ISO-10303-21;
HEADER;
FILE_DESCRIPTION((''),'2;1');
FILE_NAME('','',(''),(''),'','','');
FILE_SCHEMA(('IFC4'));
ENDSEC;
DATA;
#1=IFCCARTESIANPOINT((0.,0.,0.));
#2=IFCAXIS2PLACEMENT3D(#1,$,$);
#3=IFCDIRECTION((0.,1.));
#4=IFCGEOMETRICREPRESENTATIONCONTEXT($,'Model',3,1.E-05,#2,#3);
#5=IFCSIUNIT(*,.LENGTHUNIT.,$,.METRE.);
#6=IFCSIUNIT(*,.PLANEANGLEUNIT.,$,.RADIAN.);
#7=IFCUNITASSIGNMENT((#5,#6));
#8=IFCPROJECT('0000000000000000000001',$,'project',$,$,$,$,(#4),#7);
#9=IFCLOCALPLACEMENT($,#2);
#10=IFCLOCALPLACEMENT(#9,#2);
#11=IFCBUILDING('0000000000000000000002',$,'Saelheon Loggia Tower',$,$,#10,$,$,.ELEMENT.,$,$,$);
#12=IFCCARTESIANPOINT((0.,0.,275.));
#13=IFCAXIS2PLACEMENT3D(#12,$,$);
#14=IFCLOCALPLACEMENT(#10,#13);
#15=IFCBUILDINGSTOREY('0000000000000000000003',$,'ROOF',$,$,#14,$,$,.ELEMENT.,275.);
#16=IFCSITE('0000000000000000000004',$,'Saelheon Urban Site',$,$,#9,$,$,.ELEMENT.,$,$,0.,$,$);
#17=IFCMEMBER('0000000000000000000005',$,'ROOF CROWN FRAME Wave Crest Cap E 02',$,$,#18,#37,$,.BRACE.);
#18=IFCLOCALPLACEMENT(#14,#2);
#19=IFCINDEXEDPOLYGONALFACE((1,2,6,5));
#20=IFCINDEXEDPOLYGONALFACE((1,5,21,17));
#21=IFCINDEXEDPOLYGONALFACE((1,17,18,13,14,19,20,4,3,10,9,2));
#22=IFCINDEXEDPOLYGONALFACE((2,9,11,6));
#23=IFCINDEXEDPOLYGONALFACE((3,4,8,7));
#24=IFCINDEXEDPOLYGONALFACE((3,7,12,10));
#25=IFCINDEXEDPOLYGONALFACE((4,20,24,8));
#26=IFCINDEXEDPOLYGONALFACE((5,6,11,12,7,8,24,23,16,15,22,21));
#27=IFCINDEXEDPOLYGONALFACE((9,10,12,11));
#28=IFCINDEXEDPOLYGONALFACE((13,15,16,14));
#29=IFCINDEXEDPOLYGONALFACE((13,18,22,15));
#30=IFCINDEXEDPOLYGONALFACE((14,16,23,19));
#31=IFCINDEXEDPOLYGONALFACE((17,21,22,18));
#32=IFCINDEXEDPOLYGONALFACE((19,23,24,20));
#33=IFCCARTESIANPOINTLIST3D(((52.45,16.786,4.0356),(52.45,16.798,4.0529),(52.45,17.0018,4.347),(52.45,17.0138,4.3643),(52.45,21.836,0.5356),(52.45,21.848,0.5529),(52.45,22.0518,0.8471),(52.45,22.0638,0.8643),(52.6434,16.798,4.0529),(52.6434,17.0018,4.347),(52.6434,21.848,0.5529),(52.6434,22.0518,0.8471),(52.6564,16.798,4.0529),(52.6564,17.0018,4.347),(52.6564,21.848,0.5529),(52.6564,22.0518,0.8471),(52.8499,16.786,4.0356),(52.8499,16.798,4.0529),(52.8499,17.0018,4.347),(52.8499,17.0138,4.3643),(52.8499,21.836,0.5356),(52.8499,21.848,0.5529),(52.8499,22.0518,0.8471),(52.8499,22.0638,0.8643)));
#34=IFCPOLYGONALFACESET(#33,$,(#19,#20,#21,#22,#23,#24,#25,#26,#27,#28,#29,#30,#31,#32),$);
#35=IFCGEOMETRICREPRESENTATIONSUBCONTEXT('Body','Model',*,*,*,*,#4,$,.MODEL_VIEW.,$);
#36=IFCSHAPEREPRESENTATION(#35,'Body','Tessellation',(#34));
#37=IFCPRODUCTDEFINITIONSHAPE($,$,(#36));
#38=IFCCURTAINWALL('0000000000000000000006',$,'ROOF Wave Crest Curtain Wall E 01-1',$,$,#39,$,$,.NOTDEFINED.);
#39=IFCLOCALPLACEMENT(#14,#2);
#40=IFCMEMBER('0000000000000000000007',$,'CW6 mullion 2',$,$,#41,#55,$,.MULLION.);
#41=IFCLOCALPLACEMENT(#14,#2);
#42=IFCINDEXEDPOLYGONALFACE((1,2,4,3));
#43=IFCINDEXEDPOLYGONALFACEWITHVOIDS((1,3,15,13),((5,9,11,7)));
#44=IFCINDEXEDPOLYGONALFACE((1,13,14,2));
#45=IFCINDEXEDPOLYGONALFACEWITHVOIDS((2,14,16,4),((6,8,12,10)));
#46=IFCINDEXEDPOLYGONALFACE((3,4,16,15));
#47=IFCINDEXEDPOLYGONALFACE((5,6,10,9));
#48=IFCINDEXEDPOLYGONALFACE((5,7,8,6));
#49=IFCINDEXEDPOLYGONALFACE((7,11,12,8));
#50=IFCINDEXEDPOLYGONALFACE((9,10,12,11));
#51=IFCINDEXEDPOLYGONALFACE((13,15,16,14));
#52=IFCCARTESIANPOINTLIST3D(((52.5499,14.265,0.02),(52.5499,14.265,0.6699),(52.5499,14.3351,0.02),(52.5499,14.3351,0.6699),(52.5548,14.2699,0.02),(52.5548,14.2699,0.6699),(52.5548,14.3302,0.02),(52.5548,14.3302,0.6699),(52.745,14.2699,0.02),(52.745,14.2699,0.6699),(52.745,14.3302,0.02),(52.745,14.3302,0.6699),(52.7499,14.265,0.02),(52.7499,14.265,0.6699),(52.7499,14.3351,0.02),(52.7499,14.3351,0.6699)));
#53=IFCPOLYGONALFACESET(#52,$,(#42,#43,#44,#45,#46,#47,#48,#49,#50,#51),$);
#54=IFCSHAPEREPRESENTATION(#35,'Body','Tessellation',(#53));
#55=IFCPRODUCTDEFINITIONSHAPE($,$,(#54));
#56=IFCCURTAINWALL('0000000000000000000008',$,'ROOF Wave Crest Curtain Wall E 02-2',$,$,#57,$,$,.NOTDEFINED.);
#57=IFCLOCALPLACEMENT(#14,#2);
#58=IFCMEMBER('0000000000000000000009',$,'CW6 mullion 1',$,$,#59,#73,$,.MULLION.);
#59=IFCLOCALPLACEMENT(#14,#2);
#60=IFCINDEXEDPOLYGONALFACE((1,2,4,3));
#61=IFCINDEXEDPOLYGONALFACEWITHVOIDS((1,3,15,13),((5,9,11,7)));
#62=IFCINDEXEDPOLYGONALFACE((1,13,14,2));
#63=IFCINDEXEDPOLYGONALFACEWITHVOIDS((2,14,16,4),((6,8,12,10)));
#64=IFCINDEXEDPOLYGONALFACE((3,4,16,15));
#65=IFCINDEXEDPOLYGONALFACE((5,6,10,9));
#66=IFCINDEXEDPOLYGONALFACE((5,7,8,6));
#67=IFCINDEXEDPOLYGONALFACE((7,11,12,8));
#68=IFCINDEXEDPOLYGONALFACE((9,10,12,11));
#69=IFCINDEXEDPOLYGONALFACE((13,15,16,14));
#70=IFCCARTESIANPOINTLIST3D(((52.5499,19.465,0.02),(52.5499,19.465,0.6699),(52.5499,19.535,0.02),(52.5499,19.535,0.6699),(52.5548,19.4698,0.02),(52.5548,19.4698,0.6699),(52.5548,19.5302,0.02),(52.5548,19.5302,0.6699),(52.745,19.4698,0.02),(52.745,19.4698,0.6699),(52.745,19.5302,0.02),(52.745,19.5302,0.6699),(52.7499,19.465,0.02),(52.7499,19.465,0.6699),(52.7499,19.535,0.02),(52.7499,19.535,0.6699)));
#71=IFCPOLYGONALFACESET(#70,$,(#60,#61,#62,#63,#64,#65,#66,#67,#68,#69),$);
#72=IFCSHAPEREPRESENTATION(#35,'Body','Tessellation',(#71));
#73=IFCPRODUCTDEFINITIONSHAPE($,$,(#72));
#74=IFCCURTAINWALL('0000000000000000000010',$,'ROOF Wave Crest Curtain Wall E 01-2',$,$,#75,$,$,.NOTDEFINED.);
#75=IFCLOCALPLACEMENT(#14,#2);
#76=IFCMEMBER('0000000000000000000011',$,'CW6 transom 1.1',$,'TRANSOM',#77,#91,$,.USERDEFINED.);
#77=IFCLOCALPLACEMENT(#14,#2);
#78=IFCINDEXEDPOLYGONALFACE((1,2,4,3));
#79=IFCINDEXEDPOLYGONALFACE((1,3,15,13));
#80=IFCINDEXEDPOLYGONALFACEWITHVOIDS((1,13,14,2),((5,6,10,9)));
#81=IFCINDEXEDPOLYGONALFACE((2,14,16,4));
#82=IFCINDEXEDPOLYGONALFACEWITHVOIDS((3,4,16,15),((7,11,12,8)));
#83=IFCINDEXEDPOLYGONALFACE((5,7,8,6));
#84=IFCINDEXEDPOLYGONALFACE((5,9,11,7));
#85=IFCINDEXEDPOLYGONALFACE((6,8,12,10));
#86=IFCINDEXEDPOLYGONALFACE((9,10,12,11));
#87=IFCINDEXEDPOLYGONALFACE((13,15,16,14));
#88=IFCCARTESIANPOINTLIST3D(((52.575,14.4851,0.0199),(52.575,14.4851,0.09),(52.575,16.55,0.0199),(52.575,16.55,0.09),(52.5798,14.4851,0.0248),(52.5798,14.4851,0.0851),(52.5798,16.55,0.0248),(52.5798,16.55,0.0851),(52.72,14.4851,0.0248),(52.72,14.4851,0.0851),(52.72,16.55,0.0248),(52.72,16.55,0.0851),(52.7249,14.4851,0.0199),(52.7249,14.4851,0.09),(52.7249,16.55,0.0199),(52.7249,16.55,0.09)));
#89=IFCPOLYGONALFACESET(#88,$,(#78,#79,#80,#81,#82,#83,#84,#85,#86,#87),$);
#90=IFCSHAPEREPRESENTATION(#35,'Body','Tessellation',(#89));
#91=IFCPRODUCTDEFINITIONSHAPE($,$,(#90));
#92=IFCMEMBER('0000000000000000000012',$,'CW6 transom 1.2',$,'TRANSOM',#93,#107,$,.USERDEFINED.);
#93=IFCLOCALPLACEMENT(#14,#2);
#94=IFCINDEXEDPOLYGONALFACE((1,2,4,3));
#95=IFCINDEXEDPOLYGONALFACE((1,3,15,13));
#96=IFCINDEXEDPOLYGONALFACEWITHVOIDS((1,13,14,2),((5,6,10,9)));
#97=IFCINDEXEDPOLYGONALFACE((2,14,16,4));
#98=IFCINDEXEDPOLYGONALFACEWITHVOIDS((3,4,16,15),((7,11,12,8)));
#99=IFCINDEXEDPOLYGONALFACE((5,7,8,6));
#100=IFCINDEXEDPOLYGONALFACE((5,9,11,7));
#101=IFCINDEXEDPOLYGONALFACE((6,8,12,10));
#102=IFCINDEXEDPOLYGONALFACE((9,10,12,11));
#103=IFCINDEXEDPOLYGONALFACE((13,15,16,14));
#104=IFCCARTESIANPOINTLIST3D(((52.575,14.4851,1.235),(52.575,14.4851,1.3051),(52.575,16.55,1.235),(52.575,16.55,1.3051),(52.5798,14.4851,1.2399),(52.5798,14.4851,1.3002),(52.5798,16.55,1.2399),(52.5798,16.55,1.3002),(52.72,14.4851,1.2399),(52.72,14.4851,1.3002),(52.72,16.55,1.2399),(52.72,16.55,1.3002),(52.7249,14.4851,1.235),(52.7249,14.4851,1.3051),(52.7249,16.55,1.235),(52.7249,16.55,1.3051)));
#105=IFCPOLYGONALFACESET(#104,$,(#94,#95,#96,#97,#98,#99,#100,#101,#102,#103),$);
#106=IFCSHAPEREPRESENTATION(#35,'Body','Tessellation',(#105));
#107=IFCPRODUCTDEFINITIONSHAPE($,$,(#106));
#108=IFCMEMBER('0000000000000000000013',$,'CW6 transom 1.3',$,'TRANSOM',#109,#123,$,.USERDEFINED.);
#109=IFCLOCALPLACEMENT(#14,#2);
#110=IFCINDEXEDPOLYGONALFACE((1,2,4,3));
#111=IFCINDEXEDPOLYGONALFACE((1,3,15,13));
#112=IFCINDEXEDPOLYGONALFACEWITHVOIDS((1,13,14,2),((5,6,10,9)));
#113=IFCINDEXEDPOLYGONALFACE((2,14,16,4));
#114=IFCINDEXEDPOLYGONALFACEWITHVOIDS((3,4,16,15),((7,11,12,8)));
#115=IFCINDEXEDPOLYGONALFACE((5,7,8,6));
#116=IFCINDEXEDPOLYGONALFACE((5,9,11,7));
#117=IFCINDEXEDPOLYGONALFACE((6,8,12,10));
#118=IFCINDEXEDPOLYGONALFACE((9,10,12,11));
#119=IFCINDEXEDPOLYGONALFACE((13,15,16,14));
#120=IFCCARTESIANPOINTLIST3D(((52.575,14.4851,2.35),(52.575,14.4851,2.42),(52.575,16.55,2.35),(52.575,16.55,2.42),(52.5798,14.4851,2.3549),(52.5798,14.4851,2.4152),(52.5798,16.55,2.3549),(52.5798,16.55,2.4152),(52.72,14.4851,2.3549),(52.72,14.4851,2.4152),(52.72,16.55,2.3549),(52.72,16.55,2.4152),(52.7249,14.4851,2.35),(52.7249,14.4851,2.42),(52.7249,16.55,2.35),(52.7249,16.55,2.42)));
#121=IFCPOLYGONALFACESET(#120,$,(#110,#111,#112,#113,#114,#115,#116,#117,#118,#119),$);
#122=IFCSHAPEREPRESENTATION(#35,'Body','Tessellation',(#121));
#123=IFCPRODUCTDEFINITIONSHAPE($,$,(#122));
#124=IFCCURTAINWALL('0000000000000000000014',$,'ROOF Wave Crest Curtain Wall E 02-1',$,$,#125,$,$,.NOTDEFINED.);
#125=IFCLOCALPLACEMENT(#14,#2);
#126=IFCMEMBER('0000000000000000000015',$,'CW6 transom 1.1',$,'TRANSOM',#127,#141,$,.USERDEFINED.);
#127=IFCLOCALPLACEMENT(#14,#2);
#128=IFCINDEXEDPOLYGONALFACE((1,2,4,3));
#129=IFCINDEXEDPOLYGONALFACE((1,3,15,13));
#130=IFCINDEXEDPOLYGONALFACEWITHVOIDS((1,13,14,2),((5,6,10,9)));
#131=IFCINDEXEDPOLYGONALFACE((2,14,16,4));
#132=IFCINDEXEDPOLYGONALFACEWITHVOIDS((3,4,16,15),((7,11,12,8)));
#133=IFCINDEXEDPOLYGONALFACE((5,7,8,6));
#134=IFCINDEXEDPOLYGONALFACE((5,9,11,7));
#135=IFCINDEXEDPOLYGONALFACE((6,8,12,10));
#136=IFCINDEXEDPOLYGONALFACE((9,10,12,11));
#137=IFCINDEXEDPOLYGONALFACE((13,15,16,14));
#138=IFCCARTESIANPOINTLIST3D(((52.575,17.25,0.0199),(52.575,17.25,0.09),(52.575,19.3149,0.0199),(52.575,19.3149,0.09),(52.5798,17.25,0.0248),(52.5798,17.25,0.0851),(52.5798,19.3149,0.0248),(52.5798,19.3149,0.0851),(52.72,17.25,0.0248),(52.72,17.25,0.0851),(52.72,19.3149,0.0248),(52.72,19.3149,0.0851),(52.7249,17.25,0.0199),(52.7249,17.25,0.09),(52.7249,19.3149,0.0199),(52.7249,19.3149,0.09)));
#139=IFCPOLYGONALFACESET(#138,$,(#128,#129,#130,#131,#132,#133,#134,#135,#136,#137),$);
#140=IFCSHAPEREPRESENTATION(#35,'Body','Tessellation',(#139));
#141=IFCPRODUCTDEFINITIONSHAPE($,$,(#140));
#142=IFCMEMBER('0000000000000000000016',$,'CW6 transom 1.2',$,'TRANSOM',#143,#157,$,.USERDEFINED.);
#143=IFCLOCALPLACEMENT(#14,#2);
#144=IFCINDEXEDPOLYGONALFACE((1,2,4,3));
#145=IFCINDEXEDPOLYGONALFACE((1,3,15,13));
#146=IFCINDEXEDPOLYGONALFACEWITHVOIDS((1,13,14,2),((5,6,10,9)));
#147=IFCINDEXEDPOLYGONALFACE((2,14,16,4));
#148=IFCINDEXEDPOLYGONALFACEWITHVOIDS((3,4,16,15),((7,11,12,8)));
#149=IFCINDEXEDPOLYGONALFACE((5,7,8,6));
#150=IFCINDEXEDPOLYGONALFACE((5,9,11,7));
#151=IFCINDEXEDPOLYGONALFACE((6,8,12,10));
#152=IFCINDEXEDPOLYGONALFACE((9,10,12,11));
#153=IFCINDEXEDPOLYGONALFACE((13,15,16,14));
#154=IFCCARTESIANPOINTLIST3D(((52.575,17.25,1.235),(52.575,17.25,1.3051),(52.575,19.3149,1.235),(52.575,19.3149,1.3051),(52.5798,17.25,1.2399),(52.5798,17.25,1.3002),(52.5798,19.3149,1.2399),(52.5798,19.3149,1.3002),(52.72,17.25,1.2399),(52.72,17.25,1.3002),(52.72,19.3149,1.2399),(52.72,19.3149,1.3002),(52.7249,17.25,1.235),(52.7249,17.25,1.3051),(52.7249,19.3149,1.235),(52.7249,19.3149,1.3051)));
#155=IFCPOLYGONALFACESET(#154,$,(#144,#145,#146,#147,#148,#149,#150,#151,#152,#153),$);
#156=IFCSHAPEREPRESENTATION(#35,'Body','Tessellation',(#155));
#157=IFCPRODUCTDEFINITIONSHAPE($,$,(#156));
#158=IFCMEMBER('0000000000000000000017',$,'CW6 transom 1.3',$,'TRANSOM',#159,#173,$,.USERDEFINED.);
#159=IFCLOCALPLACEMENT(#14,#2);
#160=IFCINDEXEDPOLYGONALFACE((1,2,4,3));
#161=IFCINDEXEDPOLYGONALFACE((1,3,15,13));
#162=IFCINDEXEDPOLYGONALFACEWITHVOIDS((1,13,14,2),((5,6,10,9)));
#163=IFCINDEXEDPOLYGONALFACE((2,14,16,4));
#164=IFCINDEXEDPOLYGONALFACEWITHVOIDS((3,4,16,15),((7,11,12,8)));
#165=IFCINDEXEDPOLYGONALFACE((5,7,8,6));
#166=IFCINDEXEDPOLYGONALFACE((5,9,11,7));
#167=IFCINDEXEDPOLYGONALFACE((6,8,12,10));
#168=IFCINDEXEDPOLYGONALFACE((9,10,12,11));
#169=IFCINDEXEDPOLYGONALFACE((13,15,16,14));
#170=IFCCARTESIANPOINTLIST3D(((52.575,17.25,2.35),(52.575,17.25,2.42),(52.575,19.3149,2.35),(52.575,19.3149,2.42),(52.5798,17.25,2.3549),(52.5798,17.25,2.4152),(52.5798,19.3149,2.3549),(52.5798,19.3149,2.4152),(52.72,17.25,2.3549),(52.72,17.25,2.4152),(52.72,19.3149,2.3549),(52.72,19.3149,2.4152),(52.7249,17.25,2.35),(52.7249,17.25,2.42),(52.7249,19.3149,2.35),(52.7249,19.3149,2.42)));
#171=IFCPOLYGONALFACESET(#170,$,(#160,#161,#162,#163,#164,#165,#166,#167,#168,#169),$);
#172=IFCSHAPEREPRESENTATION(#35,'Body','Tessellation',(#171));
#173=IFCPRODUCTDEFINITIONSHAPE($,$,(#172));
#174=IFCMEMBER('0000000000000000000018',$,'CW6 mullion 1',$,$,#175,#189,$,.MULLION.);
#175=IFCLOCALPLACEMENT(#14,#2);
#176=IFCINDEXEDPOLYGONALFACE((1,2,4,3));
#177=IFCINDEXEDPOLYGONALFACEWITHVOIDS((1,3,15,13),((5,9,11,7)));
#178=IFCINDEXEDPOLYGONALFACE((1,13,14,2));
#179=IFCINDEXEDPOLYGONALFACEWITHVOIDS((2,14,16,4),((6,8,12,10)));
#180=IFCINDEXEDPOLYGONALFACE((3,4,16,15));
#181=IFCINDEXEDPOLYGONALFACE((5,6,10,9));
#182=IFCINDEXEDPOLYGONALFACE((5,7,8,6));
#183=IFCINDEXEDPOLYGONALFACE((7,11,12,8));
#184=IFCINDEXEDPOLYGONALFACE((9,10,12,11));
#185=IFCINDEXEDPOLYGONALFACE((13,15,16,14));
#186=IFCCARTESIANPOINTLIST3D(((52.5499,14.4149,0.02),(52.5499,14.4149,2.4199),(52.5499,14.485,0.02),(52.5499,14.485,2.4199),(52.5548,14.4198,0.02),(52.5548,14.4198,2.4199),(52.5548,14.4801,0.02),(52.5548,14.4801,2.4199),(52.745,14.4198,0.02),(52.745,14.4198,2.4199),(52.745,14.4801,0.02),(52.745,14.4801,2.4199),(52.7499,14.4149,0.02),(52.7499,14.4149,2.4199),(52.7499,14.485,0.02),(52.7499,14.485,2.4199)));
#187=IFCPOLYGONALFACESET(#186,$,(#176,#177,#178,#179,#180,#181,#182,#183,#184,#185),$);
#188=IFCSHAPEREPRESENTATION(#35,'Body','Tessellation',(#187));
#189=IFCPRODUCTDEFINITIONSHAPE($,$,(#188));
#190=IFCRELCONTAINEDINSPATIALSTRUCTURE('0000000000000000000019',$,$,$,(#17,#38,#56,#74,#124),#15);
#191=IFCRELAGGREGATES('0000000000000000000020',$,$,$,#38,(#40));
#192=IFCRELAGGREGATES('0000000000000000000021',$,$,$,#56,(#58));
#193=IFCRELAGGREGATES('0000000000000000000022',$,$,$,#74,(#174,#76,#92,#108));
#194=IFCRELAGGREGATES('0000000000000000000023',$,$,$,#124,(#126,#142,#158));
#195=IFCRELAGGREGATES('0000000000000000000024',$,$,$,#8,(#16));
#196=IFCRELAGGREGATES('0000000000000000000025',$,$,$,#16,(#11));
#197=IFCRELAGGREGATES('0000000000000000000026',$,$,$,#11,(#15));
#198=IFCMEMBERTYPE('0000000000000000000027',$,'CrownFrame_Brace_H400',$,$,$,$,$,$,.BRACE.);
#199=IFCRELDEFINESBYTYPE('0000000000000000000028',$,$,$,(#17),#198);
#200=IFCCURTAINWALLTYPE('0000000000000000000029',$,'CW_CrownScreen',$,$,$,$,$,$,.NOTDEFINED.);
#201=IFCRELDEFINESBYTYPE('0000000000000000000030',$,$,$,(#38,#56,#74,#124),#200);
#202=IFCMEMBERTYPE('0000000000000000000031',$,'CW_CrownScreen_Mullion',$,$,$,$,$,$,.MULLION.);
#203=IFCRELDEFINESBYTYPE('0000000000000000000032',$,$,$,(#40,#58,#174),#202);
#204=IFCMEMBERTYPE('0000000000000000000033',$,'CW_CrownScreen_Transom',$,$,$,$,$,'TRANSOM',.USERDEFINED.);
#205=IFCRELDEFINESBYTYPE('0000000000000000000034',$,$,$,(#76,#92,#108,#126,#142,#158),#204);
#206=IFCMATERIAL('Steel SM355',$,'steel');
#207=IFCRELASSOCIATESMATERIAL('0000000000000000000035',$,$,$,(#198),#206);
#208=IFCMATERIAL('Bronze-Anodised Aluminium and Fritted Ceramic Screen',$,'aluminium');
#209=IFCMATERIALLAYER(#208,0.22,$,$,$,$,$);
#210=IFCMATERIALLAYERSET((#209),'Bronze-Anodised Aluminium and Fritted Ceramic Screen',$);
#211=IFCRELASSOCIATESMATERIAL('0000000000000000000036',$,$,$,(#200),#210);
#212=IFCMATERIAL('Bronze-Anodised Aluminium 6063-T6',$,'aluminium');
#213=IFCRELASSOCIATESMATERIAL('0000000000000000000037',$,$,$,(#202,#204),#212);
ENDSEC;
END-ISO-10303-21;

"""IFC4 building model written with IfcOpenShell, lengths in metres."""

from ifc_helpers import new_model, si_unit, direction, frame, origin, origin_2d, place, context, subcontext, project, spatial, hollow_rectangle, i_section, extrude, source, transform, mapped, material, layer, layer_set, material_profile, profile_set, type_object, element, aggregate, save


model = new_model("IFC4")

# Units and contexts
model_context = context("Model", 3, precision=1e-05, world=origin(), true_north=direction((0.0, 1.0)))
body_context = subcontext(model_context, "Body", "Model", "MODEL_VIEW")
ifc_project = project(units=[si_unit("LENGTHUNIT", "METRE"), si_unit("PLANEANGLEUNIT", "RADIAN")], contexts=[model_context])

# Site, building, storey
site_placement = place(None, origin())
site = spatial("IfcSite", under=ifc_project, at=site_placement, Name="Saelheon Urban Site", CompositionType="ELEMENT", RefElevation=0.0)
building_placement = place(site_placement, origin())
building = spatial("IfcBuilding", under=site, at=building_placement, Name="Saelheon Loggia Tower", CompositionType="ELEMENT")
storey_placement = place(building_placement, frame((0.0, 0.0, 275.0)))
storey = spatial("IfcBuildingStorey", under=building, at=storey_placement, Name="ROOF", CompositionType="ELEMENT", Elevation=275.0)

# Member
ifc_material_1 = material(Name="Steel SM355", Category="steel")
ifc_material_profile_1 = material_profile(ifc_material_1, i_section(OverallWidth=0.3999, OverallDepth=0.3999, WebThickness=0.0129, FlangeThickness=0.021, at=origin_2d()), Name="H-400x400x13x21")
ifc_profile_set_1 = profile_set([ifc_material_profile_1], Name="Steel SM355")
member_type_1 = type_object("IfcMemberType", Name="CrownFrame_Brace_H400", PredefinedType="BRACE", material=ifc_profile_set_1)
shared_shape_1 = source(origin(), body_context, "Body", "SweptSolid", [
    extrude(i_section(OverallWidth=0.3999, OverallDepth=0.3999, WebThickness=0.0129, FlangeThickness=0.021, at=origin_2d()), origin(), (0.0, 0.0, 1.0), 6.1443),
])
member_1_placement = place(storey_placement, frame((52.6499, 16.8999, 4.2), z_axis=(0.0, 0.821902, -0.569629), x_axis=(-1.0, 0.0, 0.0)))
element("IfcMember", 1, at=member_1_placement, inside=storey, type_object=member_type_1, Name="ROOF CROWN FRAME Wave Crest Cap E 02", PredefinedType="BRACE", context=body_context, shape_type="MappedRepresentation", body=[
    mapped(shared_shape_1, transform((0.0, 0.0, 0.0), scale=1.0)),
])

# Curtain walls, members
ifc_material_2 = material(Name="Bronze-Anodised Aluminium and Fritted Ceramic Screen", Category="aluminium")
ifc_layer_1 = layer(ifc_material_2, 0.22)
ifc_layer_set_1 = layer_set([ifc_layer_1], Name="Bronze-Anodised Aluminium and Fritted Ceramic Screen")
curtain_wall_type = type_object("IfcCurtainWallType", Name="CW_CrownScreen", PredefinedType="NOTDEFINED", material=ifc_layer_set_1)
curtain_wall_1_placement = place(storey_placement, origin())
curtain_wall_1 = element("IfcCurtainWall", 2, at=curtain_wall_1_placement, inside=storey, type_object=curtain_wall_type, Name="ROOF Wave Crest Curtain Wall E 01-1", PredefinedType="NOTDEFINED")
ifc_material_3 = material(Name="Bronze-Anodised Aluminium 6063-T6", Category="aluminium")
ifc_material_profile_2 = material_profile(ifc_material_3, hollow_rectangle(XDim=0.0701, YDim=0.2, WallThickness=0.0049, at=origin_2d()), Name="RHS-200x70x5")
ifc_profile_set_2 = profile_set([ifc_material_profile_2], Name="Bronze-Anodised Aluminium 6063-T6")
member_type_2 = type_object("IfcMemberType", Name="CW_CrownScreen_Mullion", PredefinedType="MULLION", material=ifc_profile_set_2)
shared_shape_2 = source(origin(), body_context, "Body", "SweptSolid", [
    extrude(hollow_rectangle(XDim=0.0701, YDim=0.2, WallThickness=0.0049, at=origin_2d()), origin(), (0.0, 0.0, 1.0), 0.6499),
])
member_2_placement = place(storey_placement, frame((52.6499, 14.3, 0.02), z_axis=(0.0, 0.0, 1.0), x_axis=(0.0, 1.0, 0.0)))
member_2 = element("IfcMember", 3, at=member_2_placement, type_object=member_type_2, Name="CW6 mullion 2", PredefinedType="MULLION", context=body_context, shape_type="MappedRepresentation", body=[
    mapped(shared_shape_2, transform((0.0, 0.0, 0.0), scale=1.0)),
])
aggregate(curtain_wall_1, [member_2])
curtain_wall_2_placement = place(storey_placement, origin())
curtain_wall_2 = element("IfcCurtainWall", 4, at=curtain_wall_2_placement, inside=storey, type_object=curtain_wall_type, Name="ROOF Wave Crest Curtain Wall E 02-2", PredefinedType="NOTDEFINED")
member_3_placement = place(storey_placement, frame((52.6499, 19.5, 0.02), z_axis=(0.0, 0.0, 1.0), x_axis=(0.0, 1.0, 0.0)))
member_3 = element("IfcMember", 5, at=member_3_placement, type_object=member_type_2, Name="CW6 mullion 1", PredefinedType="MULLION", context=body_context, shape_type="MappedRepresentation", body=[
    mapped(shared_shape_2, transform((0.0, 0.0, 0.0), scale=1.0)),
])

# Curtain walls, members
curtain_wall_3_placement = place(storey_placement, origin())
curtain_wall_3 = element("IfcCurtainWall", 6, at=curtain_wall_3_placement, inside=storey, type_object=curtain_wall_type, Name="ROOF Wave Crest Curtain Wall E 01-2", PredefinedType="NOTDEFINED")
ifc_material_profile_3 = material_profile(ifc_material_3, hollow_rectangle(XDim=0.0701, YDim=0.1499, WallThickness=0.0049, at=origin_2d()), Name="RHS-150x70x5")
ifc_profile_set_3 = profile_set([ifc_material_profile_3], Name="Bronze-Anodised Aluminium 6063-T6")
member_type_3 = type_object("IfcMemberType", Name="CW_CrownScreen_Transom", ElementType="TRANSOM", PredefinedType="USERDEFINED", material=ifc_profile_set_3)
shared_shape_3 = source(origin(), body_context, "Body", "SweptSolid", [
    extrude(hollow_rectangle(XDim=0.0701, YDim=0.1499, WallThickness=0.0049, at=origin_2d()), origin(), (0.0, 0.0, 1.0), 2.0649),
])
member_4_placement = place(storey_placement, frame((52.6499, 14.4851, 0.0549), z_axis=(0.0, 1.0, 0.0), x_axis=(0.0, 0.0, 1.0)))
member_4 = element("IfcMember", 7, at=member_4_placement, type_object=member_type_3, Name="CW6 transom 1.1", ObjectType="TRANSOM", PredefinedType="USERDEFINED", context=body_context, shape_type="MappedRepresentation", body=[
    mapped(shared_shape_3, transform((0.0, 0.0, 0.0), scale=1.0)),
])
member_5_placement = place(storey_placement, frame((52.6499, 14.4851, 1.27), z_axis=(0.0, 1.0, 0.0), x_axis=(0.0, 0.0, 1.0)))
member_5 = element("IfcMember", 8, at=member_5_placement, type_object=member_type_3, Name="CW6 transom 1.2", ObjectType="TRANSOM", PredefinedType="USERDEFINED", context=body_context, shape_type="MappedRepresentation", body=[
    mapped(shared_shape_3, transform((0.0, 0.0, 0.0), scale=1.0)),
])
member_6_placement = place(storey_placement, frame((52.6499, 14.4851, 2.385), z_axis=(0.0, 1.0, 0.0), x_axis=(0.0, 0.0, 1.0)))
member_6 = element("IfcMember", 9, at=member_6_placement, type_object=member_type_3, Name="CW6 transom 1.3", ObjectType="TRANSOM", PredefinedType="USERDEFINED", context=body_context, shape_type="MappedRepresentation", body=[
    mapped(shared_shape_3, transform((0.0, 0.0, 0.0), scale=1.0)),
])
curtain_wall_4_placement = place(storey_placement, origin())
curtain_wall_4 = element("IfcCurtainWall", 10, at=curtain_wall_4_placement, inside=storey, type_object=curtain_wall_type, Name="ROOF Wave Crest Curtain Wall E 02-1", PredefinedType="NOTDEFINED")
member_7_placement = place(storey_placement, frame((52.6499, 17.25, 0.0549), z_axis=(0.0, 1.0, 0.0), x_axis=(0.0, 0.0, 1.0)))
member_7 = element("IfcMember", 11, at=member_7_placement, type_object=member_type_3, Name="CW6 transom 1.1", ObjectType="TRANSOM", PredefinedType="USERDEFINED", context=body_context, shape_type="MappedRepresentation", body=[
    mapped(shared_shape_3, transform((0.0, 0.0, 0.0), scale=1.0)),
])
member_8_placement = place(storey_placement, frame((52.6499, 17.25, 1.27), z_axis=(0.0, 1.0, 0.0), x_axis=(0.0, 0.0, 1.0)))
member_8 = element("IfcMember", 12, at=member_8_placement, type_object=member_type_3, Name="CW6 transom 1.2", ObjectType="TRANSOM", PredefinedType="USERDEFINED", context=body_context, shape_type="MappedRepresentation", body=[
    mapped(shared_shape_3, transform((0.0, 0.0, 0.0), scale=1.0)),
])
member_9_placement = place(storey_placement, frame((52.6499, 17.25, 2.385), z_axis=(0.0, 1.0, 0.0), x_axis=(0.0, 0.0, 1.0)))
member_9 = element("IfcMember", 13, at=member_9_placement, type_object=member_type_3, Name="CW6 transom 1.3", ObjectType="TRANSOM", PredefinedType="USERDEFINED", context=body_context, shape_type="MappedRepresentation", body=[
    mapped(shared_shape_3, transform((0.0, 0.0, 0.0), scale=1.0)),
])

# Member
shared_shape_4 = source(origin(), body_context, "Body", "SweptSolid", [
    extrude(hollow_rectangle(XDim=0.0701, YDim=0.2, WallThickness=0.0049, at=origin_2d()), origin(), (0.0, 0.0, 1.0), 2.3999),
])
member_10_placement = place(storey_placement, frame((52.6499, 14.45, 0.02), z_axis=(0.0, 0.0, 1.0), x_axis=(0.0, 1.0, 0.0)))
member_10 = element("IfcMember", 14, at=member_10_placement, type_object=member_type_2, Name="CW6 mullion 1", PredefinedType="MULLION", context=body_context, shape_type="MappedRepresentation", body=[
    mapped(shared_shape_4, transform((0.0, 0.0, 0.0), scale=1.0)),
])
aggregate(curtain_wall_2, [member_3])

aggregate(curtain_wall_3, [member_10, member_4, member_5, member_6])
aggregate(curtain_wall_4, [member_7, member_8, member_9])

save(model, "model.ifc")
